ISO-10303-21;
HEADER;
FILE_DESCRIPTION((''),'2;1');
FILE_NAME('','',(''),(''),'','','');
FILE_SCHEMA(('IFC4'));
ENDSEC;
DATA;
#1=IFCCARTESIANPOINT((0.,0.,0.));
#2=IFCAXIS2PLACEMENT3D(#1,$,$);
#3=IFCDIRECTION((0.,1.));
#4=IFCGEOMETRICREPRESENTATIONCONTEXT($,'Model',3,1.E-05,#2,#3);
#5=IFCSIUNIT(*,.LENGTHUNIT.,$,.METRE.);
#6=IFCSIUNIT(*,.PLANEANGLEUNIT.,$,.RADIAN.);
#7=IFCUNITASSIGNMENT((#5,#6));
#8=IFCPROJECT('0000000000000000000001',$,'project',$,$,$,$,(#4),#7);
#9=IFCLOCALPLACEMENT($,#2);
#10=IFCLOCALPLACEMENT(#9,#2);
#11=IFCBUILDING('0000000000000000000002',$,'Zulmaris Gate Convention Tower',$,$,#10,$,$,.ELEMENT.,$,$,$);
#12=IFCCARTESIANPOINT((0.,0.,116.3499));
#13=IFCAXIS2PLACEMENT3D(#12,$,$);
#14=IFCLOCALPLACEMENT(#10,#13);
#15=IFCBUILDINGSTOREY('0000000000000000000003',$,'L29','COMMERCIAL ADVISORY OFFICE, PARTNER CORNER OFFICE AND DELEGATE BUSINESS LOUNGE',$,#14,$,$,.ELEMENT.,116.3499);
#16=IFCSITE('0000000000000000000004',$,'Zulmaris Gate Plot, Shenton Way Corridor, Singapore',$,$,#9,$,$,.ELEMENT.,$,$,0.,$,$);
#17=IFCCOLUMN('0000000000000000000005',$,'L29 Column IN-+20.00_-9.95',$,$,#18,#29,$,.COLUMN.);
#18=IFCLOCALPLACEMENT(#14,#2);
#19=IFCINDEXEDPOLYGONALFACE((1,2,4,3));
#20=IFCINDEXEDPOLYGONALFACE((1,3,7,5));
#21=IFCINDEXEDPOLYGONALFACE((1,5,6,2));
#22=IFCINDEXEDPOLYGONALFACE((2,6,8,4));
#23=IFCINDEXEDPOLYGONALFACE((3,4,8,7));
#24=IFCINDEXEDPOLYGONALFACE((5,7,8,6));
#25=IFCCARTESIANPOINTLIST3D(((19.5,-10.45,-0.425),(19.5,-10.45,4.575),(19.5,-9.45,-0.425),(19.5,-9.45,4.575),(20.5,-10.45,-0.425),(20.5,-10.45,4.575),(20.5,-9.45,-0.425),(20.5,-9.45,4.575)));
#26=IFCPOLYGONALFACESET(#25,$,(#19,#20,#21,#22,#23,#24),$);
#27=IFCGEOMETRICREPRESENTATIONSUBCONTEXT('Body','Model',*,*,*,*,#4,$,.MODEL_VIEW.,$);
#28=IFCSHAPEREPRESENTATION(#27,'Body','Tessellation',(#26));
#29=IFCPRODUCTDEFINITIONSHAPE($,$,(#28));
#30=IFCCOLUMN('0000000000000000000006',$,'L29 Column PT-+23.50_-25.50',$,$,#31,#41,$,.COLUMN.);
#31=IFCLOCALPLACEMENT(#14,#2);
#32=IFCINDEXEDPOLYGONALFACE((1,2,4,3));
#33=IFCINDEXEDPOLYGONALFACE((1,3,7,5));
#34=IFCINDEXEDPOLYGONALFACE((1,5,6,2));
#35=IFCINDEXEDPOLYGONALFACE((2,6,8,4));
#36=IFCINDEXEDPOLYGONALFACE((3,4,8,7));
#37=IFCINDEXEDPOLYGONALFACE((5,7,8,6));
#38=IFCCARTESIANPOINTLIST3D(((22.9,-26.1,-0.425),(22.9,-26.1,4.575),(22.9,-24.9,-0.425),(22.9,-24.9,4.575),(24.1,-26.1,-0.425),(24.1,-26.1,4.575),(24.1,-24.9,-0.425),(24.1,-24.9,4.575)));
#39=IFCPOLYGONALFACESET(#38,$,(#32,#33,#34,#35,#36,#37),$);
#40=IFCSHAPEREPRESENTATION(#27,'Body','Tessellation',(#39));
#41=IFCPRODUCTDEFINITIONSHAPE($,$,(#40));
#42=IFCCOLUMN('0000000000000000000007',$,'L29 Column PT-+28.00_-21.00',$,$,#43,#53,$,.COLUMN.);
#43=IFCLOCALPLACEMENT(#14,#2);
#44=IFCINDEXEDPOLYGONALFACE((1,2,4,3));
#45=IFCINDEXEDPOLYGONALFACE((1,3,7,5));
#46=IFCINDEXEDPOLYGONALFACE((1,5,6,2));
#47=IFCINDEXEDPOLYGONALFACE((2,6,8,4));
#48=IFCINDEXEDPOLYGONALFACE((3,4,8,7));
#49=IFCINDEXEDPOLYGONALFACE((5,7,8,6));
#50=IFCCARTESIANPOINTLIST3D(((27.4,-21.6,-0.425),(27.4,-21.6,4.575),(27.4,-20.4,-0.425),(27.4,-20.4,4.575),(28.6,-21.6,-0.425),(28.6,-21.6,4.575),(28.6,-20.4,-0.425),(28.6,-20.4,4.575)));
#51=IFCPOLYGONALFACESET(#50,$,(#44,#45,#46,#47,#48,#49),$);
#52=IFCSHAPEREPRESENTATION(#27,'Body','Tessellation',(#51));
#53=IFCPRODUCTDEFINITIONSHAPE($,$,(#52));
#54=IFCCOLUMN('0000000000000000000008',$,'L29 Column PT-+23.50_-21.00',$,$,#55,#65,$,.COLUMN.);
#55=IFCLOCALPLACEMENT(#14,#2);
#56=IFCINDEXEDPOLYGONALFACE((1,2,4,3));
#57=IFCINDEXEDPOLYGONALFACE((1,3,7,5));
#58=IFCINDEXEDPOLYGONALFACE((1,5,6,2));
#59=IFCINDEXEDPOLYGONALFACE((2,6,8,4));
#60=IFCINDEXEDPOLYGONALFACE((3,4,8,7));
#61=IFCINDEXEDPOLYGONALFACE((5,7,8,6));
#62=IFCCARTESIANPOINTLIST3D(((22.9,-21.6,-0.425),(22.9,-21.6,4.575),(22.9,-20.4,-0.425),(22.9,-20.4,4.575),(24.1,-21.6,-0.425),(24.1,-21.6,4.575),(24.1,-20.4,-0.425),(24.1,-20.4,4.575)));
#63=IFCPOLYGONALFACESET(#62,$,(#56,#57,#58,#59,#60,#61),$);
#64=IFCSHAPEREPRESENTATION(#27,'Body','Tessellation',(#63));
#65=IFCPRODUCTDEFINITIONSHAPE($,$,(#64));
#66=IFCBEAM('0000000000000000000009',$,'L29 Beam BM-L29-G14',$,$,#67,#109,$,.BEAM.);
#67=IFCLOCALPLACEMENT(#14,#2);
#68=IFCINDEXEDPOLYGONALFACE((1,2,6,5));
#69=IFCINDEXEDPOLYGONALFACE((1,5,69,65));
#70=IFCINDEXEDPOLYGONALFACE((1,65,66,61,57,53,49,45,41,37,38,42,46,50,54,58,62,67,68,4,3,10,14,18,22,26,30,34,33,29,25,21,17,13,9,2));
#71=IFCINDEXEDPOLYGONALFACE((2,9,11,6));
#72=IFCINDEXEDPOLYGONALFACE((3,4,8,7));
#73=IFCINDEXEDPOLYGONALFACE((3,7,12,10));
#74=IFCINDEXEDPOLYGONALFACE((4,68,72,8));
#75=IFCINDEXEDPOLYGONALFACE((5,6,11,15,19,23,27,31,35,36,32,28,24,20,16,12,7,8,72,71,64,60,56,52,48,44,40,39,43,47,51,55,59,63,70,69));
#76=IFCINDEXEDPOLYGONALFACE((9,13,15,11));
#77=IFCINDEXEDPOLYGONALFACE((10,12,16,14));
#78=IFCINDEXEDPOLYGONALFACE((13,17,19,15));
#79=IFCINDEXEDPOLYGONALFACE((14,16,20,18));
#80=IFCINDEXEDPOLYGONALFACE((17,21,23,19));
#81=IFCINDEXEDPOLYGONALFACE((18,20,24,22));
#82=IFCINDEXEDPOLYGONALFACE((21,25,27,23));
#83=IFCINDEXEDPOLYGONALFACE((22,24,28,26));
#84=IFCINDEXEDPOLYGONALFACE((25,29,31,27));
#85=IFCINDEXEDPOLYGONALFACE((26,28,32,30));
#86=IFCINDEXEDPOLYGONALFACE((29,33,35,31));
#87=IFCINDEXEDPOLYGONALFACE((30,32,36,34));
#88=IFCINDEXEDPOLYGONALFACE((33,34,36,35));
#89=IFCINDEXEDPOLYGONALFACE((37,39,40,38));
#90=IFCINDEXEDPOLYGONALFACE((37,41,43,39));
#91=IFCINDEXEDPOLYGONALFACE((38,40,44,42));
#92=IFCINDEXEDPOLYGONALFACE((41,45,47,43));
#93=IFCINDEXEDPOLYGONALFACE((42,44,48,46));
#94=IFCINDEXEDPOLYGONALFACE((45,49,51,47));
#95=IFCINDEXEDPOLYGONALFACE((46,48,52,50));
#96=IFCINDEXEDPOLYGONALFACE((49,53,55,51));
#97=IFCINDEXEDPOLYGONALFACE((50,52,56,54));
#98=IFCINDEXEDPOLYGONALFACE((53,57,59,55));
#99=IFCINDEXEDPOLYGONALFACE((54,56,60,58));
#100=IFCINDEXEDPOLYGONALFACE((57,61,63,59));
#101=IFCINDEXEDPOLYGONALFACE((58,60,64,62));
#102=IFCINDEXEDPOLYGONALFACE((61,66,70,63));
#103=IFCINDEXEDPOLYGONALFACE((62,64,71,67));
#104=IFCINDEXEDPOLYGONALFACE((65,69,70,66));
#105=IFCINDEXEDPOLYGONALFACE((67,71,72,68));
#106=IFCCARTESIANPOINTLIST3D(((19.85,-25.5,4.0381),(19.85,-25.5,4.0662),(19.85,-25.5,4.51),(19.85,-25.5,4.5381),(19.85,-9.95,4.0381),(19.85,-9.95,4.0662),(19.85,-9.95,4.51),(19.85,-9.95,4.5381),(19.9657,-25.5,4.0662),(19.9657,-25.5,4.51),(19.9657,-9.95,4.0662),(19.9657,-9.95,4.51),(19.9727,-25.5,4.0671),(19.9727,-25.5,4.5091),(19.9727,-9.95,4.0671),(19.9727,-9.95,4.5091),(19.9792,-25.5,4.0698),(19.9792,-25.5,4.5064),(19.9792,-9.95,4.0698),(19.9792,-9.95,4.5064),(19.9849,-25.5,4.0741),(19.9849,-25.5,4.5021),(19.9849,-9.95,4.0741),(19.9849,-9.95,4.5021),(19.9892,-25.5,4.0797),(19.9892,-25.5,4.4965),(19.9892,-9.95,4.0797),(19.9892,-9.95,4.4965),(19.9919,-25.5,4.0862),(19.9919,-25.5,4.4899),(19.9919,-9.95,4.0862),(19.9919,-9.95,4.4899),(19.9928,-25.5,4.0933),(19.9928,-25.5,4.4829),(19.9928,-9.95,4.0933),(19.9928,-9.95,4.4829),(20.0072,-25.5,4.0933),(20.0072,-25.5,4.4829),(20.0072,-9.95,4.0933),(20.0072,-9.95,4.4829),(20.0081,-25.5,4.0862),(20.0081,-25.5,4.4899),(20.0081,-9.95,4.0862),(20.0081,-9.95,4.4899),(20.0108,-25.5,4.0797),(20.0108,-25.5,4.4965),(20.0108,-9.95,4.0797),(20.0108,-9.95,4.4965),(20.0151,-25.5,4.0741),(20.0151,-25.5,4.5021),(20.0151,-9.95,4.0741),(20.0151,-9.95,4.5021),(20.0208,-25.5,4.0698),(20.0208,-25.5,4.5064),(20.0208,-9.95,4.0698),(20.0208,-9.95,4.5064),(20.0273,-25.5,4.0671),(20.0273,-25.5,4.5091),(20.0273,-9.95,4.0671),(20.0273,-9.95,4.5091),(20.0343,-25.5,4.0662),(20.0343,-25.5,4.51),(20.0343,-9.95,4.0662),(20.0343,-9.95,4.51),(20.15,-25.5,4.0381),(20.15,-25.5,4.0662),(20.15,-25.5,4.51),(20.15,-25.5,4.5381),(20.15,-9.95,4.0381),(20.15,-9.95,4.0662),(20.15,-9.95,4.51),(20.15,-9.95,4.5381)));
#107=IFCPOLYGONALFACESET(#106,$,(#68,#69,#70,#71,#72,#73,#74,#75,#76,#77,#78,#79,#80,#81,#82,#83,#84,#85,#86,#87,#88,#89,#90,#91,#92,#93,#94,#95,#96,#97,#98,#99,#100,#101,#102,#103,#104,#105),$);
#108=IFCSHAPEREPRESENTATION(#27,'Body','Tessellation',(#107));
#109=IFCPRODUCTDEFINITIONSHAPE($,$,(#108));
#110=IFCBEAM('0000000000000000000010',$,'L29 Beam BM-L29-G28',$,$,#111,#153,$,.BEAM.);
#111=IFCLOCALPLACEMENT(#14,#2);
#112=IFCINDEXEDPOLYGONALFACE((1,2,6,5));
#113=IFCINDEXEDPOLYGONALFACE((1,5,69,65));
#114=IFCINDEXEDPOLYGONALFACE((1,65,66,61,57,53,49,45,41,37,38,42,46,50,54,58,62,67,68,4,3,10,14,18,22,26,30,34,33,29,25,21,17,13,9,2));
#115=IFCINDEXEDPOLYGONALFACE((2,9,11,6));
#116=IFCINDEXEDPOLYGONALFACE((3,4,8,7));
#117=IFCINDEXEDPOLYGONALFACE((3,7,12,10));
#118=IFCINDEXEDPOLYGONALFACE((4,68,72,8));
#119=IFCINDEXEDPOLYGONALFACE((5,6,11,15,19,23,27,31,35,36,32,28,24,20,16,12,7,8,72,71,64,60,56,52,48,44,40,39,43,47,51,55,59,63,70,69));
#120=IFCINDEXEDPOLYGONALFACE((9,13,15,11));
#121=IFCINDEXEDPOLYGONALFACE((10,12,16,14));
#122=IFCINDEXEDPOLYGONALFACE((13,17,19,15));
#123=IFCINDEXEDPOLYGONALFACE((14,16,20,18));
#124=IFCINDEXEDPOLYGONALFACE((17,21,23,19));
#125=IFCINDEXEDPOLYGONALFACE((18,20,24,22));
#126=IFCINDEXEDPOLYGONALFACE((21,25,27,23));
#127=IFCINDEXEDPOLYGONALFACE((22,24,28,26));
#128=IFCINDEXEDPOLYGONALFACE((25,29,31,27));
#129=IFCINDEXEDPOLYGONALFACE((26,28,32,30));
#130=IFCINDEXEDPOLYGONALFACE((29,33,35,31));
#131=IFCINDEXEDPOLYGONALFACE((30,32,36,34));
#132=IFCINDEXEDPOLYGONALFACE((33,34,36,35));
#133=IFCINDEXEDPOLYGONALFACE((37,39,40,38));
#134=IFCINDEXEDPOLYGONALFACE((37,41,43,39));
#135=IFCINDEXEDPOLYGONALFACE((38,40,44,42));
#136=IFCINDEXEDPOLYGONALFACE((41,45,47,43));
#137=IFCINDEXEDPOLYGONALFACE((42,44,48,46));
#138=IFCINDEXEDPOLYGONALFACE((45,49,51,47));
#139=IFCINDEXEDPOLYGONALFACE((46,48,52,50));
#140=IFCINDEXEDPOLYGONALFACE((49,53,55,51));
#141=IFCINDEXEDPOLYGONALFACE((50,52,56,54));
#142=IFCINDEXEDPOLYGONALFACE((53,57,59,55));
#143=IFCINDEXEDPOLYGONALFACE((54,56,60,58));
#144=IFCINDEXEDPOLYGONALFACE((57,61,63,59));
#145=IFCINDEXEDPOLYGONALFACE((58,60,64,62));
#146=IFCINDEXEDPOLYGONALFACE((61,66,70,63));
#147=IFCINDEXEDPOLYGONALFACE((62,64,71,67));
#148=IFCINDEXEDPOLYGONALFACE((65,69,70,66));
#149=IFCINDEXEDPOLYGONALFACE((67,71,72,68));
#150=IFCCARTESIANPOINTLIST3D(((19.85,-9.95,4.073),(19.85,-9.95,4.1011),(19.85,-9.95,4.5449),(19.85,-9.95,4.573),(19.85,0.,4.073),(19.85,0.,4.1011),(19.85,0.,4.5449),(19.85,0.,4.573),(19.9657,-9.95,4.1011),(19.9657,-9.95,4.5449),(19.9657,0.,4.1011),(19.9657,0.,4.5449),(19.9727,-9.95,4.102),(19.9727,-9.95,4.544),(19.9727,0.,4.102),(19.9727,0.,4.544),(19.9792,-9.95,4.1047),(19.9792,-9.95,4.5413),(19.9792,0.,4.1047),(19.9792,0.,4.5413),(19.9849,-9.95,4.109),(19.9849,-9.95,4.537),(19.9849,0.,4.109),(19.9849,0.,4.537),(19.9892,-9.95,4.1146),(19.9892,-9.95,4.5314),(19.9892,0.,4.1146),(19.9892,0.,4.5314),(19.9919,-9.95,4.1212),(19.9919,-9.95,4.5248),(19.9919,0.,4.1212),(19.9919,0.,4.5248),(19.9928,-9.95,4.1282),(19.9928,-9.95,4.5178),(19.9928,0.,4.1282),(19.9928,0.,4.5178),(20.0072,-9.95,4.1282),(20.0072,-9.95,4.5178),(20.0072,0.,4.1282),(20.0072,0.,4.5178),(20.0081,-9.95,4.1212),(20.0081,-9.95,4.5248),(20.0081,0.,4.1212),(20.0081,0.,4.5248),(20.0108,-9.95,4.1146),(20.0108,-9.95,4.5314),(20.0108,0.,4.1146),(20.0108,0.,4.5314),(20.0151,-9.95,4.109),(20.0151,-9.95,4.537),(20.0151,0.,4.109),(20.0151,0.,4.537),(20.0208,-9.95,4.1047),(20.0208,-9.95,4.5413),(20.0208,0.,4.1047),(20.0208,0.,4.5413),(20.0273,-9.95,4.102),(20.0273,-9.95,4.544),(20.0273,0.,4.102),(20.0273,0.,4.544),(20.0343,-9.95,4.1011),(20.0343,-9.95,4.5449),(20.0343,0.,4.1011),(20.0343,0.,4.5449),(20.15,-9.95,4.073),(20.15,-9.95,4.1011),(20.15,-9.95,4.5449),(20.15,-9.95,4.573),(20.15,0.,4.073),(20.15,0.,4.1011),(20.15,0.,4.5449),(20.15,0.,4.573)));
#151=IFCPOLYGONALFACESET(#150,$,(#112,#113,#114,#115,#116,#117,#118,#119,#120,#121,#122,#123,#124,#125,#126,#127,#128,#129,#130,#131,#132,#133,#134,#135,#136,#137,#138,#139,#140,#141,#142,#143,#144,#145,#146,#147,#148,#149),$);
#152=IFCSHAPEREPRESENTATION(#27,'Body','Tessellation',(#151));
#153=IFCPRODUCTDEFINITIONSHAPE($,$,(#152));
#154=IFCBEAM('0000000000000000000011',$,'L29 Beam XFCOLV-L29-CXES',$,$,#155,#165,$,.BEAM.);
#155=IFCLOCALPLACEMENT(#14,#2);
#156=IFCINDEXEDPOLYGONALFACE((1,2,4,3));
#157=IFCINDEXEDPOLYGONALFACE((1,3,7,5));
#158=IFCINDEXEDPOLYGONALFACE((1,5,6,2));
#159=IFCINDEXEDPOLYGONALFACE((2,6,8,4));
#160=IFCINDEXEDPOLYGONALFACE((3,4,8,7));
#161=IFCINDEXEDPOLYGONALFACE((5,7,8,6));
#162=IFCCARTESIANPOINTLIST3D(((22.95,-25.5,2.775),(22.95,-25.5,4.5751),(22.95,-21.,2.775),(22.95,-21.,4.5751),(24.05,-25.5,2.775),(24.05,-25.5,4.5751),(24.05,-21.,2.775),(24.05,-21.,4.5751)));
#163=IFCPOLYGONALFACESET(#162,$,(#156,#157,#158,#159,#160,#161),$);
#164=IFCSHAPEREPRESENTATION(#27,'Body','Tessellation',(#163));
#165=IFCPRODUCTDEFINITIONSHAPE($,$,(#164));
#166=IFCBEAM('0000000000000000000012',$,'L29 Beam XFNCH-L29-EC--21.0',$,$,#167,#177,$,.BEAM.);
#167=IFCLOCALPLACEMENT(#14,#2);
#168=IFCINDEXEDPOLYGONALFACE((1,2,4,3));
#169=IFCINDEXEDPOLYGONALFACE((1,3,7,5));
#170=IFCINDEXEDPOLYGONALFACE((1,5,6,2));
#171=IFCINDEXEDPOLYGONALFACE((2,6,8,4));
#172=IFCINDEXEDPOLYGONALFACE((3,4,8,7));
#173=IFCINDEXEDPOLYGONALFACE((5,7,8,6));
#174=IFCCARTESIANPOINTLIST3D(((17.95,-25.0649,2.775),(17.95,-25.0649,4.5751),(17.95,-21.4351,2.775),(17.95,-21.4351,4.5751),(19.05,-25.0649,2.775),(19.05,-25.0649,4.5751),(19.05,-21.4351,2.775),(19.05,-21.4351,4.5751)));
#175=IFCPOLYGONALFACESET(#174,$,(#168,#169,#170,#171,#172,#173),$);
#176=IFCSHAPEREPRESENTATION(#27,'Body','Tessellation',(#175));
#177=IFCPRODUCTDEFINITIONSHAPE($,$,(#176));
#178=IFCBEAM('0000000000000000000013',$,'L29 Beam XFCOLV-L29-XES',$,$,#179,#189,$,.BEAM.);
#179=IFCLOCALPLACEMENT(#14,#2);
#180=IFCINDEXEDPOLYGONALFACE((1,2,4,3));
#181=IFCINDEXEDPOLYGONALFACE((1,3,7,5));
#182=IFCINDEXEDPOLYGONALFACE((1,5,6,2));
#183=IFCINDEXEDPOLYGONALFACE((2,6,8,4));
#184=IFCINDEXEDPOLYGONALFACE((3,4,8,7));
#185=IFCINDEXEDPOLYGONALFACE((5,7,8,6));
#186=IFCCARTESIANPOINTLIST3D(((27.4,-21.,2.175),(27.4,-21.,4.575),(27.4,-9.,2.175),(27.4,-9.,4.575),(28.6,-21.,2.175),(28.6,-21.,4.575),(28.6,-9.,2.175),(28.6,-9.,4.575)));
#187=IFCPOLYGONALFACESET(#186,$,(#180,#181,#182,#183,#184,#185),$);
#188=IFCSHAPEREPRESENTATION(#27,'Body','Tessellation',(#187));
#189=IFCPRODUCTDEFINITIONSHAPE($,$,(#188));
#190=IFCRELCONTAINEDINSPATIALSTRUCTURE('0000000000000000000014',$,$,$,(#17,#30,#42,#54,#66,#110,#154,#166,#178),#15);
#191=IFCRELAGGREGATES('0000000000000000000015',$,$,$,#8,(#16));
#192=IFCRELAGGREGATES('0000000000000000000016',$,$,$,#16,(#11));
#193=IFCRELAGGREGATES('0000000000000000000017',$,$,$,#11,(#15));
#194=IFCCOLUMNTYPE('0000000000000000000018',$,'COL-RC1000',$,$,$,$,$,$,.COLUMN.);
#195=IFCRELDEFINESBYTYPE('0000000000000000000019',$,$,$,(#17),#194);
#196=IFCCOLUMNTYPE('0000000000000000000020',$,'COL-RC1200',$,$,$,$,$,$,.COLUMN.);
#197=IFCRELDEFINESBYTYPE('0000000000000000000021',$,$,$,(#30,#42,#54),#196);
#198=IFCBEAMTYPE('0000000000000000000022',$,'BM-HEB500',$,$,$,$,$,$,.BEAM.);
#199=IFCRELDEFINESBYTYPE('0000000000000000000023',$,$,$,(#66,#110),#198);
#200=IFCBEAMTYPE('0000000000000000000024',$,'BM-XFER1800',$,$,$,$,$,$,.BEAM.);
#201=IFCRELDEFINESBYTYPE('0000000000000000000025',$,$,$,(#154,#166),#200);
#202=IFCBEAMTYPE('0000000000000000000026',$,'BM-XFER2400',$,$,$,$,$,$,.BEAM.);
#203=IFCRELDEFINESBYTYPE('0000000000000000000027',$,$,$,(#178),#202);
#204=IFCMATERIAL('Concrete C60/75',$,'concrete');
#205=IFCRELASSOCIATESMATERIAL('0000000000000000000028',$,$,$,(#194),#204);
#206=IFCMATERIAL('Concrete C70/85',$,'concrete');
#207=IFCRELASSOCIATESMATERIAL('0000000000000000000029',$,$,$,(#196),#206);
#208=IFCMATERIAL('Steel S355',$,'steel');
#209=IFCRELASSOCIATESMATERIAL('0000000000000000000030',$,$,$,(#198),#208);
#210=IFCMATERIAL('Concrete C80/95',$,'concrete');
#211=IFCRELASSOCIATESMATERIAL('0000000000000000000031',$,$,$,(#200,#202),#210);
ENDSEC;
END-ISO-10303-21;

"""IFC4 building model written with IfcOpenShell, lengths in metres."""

from ifc_helpers import new_model, si_unit, direction, frame, origin, origin_2d, place, context, subcontext, project, spatial, rectangle, i_section, extrude, material, material_profile, profile_set, type_object, element, save


model = new_model("IFC4")

# Units and contexts
model_context = context("Model", 3, precision=1e-05, world=origin(), true_north=direction((0.0, 1.0)))
body_context = subcontext(model_context, "Body", "Model", "MODEL_VIEW")
ifc_project = project(units=[si_unit("LENGTHUNIT", "METRE"), si_unit("PLANEANGLEUNIT", "RADIAN")], contexts=[model_context])

# Site, building, storey
site_placement = place(None, origin())
site = spatial("IfcSite", under=ifc_project, at=site_placement, Name="Zulmaris Gate Plot, Shenton Way Corridor, Singapore", CompositionType="ELEMENT", RefElevation=0.0)
building_placement = place(site_placement, origin())
building = spatial("IfcBuilding", under=site, at=building_placement, Name="Zulmaris Gate Convention Tower", CompositionType="ELEMENT")
storey_placement = place(building_placement, frame((0.0, 0.0, 116.3499)))
storey = spatial("IfcBuildingStorey", under=building, at=storey_placement, Name="L29", Description="COMMERCIAL ADVISORY OFFICE, PARTNER CORNER OFFICE AND DELEGATE BUSINESS LOUNGE", CompositionType="ELEMENT", Elevation=116.3499)

# Columns
ifc_material_1 = material(Name="Concrete C60/75", Category="concrete")
ifc_material_profile_1 = material_profile(ifc_material_1, rectangle(XDim=1.0, YDim=1.0, at=origin_2d()), Name="RC COL 1000x1000")
ifc_profile_set_1 = profile_set([ifc_material_profile_1], Name="Concrete C60/75")
column_type_1 = type_object("IfcColumnType", Name="COL-RC1000", PredefinedType="COLUMN", material=ifc_profile_set_1)
column_placement = place(storey_placement, frame((20.0, -9.95, -0.425), z_axis=(0.0, 0.0, 1.0), x_axis=(1.0, 0.0, 0.0)))
element("IfcColumn", 1, at=column_placement, inside=storey, type_object=column_type_1, Name="L29 Column IN-+20.00_-9.95", PredefinedType="COLUMN", context=body_context, shape_type="SweptSolid", body=[
    extrude(rectangle(XDim=1.0, YDim=1.0, at=origin_2d()), origin(), (0.0, 0.0, 1.0), 5.0),
])
ifc_material_2 = material(Name="Concrete C70/85", Category="concrete")
ifc_material_profile_2 = material_profile(ifc_material_2, rectangle(XDim=1.2, YDim=1.2, at=origin_2d()), Name="RC COL 1200x1200")
ifc_profile_set_2 = profile_set([ifc_material_profile_2], Name="Concrete C70/85")
column_type_2 = type_object("IfcColumnType", Name="COL-RC1200", PredefinedType="COLUMN", material=ifc_profile_set_2)
for number, where, z_axis, x_axis, name in (
    (2, (23.5, -25.5, -0.425), (0.0, 0.0, 1.0), (1.0, 0.0, 0.0), "L29 Column PT-+23.50_-25.50"),
    (3, (28.0, -21.0, -0.425), (0.0, 0.0, 1.0), (1.0, 0.0, 0.0), "L29 Column PT-+28.00_-21.00"),
    (4, (23.5, -21.0, -0.425), (0.0, 0.0, 1.0), (1.0, 0.0, 0.0), "L29 Column PT-+23.50_-21.00"),
):
    element("IfcColumn", number, at=place(storey_placement, frame(where, z_axis=z_axis, x_axis=x_axis)), inside=storey, type_object=column_type_2, Name=name, PredefinedType="COLUMN", context=body_context, shape_type="SweptSolid", body=[
        extrude(rectangle(XDim=1.2, YDim=1.2, at=origin_2d()), origin(), (0.0, 0.0, 1.0), 5.0),
    ])

# Beams
ifc_material_3 = material(Name="Steel S355", Category="steel")
ifc_material_profile_3 = material_profile(ifc_material_3, i_section(OverallWidth=0.3, OverallDepth=0.5, WebThickness=0.0144, FlangeThickness=0.0281, FilletRadius=0.0271, at=origin_2d()), Name="HEB 500")
ifc_profile_set_3 = profile_set([ifc_material_profile_3], Name="Steel S355")
beam_type_1 = type_object("IfcBeamType", Name="BM-HEB500", PredefinedType="BEAM", material=ifc_profile_set_3)
beam_1_placement = place(storey_placement, frame((20.0, -25.5, 4.2881), z_axis=(0.0, 1.0, 0.0), x_axis=(-1.0, 0.0, 0.0)))
element("IfcBeam", 5, at=beam_1_placement, inside=storey, type_object=beam_type_1, Name="L29 Beam BM-L29-G14", PredefinedType="BEAM", context=body_context, shape_type="SweptSolid", body=[
    extrude(i_section(OverallWidth=0.3, OverallDepth=0.5, WebThickness=0.0144, FlangeThickness=0.0281, FilletRadius=0.0271, at=origin_2d()), origin(), (0.0, 0.0, 1.0), 15.55),
])
beam_2_placement = place(storey_placement, frame((20.0, -9.95, 4.323), z_axis=(0.0, 1.0, 0.0), x_axis=(-1.0, 0.0, 0.0)))
element("IfcBeam", 6, at=beam_2_placement, inside=storey, type_object=beam_type_1, Name="L29 Beam BM-L29-G28", PredefinedType="BEAM", context=body_context, shape_type="SweptSolid", body=[
    extrude(i_section(OverallWidth=0.3, OverallDepth=0.5, WebThickness=0.0144, FlangeThickness=0.0281, FilletRadius=0.0271, at=origin_2d()), origin(), (0.0, 0.0, 1.0), 9.95),
])
ifc_material_4 = material(Name="Concrete C80/95", Category="concrete")
ifc_material_profile_4 = material_profile(ifc_material_4, rectangle(XDim=1.1001, YDim=1.8, at=origin_2d()), Name="RC TRANSFER 1100x1800")
ifc_profile_set_4 = profile_set([ifc_material_profile_4], Name="Concrete C80/95")
beam_type_2 = type_object("IfcBeamType", Name="BM-XFER1800", PredefinedType="BEAM", material=ifc_profile_set_4)
beam_3_placement = place(storey_placement, frame((23.5, -25.5, 3.675), z_axis=(0.0, 1.0, 0.0), x_axis=(-1.0, 0.0, 0.0)))
element("IfcBeam", 7, at=beam_3_placement, inside=storey, type_object=beam_type_2, Name="L29 Beam XFCOLV-L29-CXES", PredefinedType="BEAM", context=body_context, shape_type="SweptSolid", body=[
    extrude(rectangle(XDim=1.1001, YDim=1.8, at=origin_2d()), origin(), (0.0, 0.0, 1.0), 4.5),
])
beam_4_placement = place(storey_placement, frame((18.5, -25.0649, 3.675), z_axis=(0.0, 1.0, 0.0), x_axis=(-1.0, 0.0, 0.0)))
element("IfcBeam", 8, at=beam_4_placement, inside=storey, type_object=beam_type_2, Name="L29 Beam XFNCH-L29-EC--21.0", PredefinedType="BEAM", context=body_context, shape_type="SweptSolid", body=[
    extrude(rectangle(XDim=1.1001, YDim=1.8, at=origin_2d()), origin(), (0.0, 0.0, 1.0), 3.6299),
])
ifc_material_profile_5 = material_profile(ifc_material_4, rectangle(XDim=1.2, YDim=2.3999, at=origin_2d()), Name="RC TRANSFER 1200x2400")
ifc_profile_set_5 = profile_set([ifc_material_profile_5], Name="Concrete C80/95")
beam_type_3 = type_object("IfcBeamType", Name="BM-XFER2400", PredefinedType="BEAM", material=ifc_profile_set_5)
beam_5_placement = place(storey_placement, frame((28.0, -21.0, 3.375), z_axis=(0.0, 1.0, 0.0), x_axis=(-1.0, 0.0, 0.0)))
element("IfcBeam", 9, at=beam_5_placement, inside=storey, type_object=beam_type_3, Name="L29 Beam XFCOLV-L29-XES", PredefinedType="BEAM", context=body_context, shape_type="SweptSolid", body=[
    extrude(rectangle(XDim=1.2, YDim=2.3999, at=origin_2d()), origin(), (0.0, 0.0, 1.0), 12.0),
])

save(model, "model.ifc")
